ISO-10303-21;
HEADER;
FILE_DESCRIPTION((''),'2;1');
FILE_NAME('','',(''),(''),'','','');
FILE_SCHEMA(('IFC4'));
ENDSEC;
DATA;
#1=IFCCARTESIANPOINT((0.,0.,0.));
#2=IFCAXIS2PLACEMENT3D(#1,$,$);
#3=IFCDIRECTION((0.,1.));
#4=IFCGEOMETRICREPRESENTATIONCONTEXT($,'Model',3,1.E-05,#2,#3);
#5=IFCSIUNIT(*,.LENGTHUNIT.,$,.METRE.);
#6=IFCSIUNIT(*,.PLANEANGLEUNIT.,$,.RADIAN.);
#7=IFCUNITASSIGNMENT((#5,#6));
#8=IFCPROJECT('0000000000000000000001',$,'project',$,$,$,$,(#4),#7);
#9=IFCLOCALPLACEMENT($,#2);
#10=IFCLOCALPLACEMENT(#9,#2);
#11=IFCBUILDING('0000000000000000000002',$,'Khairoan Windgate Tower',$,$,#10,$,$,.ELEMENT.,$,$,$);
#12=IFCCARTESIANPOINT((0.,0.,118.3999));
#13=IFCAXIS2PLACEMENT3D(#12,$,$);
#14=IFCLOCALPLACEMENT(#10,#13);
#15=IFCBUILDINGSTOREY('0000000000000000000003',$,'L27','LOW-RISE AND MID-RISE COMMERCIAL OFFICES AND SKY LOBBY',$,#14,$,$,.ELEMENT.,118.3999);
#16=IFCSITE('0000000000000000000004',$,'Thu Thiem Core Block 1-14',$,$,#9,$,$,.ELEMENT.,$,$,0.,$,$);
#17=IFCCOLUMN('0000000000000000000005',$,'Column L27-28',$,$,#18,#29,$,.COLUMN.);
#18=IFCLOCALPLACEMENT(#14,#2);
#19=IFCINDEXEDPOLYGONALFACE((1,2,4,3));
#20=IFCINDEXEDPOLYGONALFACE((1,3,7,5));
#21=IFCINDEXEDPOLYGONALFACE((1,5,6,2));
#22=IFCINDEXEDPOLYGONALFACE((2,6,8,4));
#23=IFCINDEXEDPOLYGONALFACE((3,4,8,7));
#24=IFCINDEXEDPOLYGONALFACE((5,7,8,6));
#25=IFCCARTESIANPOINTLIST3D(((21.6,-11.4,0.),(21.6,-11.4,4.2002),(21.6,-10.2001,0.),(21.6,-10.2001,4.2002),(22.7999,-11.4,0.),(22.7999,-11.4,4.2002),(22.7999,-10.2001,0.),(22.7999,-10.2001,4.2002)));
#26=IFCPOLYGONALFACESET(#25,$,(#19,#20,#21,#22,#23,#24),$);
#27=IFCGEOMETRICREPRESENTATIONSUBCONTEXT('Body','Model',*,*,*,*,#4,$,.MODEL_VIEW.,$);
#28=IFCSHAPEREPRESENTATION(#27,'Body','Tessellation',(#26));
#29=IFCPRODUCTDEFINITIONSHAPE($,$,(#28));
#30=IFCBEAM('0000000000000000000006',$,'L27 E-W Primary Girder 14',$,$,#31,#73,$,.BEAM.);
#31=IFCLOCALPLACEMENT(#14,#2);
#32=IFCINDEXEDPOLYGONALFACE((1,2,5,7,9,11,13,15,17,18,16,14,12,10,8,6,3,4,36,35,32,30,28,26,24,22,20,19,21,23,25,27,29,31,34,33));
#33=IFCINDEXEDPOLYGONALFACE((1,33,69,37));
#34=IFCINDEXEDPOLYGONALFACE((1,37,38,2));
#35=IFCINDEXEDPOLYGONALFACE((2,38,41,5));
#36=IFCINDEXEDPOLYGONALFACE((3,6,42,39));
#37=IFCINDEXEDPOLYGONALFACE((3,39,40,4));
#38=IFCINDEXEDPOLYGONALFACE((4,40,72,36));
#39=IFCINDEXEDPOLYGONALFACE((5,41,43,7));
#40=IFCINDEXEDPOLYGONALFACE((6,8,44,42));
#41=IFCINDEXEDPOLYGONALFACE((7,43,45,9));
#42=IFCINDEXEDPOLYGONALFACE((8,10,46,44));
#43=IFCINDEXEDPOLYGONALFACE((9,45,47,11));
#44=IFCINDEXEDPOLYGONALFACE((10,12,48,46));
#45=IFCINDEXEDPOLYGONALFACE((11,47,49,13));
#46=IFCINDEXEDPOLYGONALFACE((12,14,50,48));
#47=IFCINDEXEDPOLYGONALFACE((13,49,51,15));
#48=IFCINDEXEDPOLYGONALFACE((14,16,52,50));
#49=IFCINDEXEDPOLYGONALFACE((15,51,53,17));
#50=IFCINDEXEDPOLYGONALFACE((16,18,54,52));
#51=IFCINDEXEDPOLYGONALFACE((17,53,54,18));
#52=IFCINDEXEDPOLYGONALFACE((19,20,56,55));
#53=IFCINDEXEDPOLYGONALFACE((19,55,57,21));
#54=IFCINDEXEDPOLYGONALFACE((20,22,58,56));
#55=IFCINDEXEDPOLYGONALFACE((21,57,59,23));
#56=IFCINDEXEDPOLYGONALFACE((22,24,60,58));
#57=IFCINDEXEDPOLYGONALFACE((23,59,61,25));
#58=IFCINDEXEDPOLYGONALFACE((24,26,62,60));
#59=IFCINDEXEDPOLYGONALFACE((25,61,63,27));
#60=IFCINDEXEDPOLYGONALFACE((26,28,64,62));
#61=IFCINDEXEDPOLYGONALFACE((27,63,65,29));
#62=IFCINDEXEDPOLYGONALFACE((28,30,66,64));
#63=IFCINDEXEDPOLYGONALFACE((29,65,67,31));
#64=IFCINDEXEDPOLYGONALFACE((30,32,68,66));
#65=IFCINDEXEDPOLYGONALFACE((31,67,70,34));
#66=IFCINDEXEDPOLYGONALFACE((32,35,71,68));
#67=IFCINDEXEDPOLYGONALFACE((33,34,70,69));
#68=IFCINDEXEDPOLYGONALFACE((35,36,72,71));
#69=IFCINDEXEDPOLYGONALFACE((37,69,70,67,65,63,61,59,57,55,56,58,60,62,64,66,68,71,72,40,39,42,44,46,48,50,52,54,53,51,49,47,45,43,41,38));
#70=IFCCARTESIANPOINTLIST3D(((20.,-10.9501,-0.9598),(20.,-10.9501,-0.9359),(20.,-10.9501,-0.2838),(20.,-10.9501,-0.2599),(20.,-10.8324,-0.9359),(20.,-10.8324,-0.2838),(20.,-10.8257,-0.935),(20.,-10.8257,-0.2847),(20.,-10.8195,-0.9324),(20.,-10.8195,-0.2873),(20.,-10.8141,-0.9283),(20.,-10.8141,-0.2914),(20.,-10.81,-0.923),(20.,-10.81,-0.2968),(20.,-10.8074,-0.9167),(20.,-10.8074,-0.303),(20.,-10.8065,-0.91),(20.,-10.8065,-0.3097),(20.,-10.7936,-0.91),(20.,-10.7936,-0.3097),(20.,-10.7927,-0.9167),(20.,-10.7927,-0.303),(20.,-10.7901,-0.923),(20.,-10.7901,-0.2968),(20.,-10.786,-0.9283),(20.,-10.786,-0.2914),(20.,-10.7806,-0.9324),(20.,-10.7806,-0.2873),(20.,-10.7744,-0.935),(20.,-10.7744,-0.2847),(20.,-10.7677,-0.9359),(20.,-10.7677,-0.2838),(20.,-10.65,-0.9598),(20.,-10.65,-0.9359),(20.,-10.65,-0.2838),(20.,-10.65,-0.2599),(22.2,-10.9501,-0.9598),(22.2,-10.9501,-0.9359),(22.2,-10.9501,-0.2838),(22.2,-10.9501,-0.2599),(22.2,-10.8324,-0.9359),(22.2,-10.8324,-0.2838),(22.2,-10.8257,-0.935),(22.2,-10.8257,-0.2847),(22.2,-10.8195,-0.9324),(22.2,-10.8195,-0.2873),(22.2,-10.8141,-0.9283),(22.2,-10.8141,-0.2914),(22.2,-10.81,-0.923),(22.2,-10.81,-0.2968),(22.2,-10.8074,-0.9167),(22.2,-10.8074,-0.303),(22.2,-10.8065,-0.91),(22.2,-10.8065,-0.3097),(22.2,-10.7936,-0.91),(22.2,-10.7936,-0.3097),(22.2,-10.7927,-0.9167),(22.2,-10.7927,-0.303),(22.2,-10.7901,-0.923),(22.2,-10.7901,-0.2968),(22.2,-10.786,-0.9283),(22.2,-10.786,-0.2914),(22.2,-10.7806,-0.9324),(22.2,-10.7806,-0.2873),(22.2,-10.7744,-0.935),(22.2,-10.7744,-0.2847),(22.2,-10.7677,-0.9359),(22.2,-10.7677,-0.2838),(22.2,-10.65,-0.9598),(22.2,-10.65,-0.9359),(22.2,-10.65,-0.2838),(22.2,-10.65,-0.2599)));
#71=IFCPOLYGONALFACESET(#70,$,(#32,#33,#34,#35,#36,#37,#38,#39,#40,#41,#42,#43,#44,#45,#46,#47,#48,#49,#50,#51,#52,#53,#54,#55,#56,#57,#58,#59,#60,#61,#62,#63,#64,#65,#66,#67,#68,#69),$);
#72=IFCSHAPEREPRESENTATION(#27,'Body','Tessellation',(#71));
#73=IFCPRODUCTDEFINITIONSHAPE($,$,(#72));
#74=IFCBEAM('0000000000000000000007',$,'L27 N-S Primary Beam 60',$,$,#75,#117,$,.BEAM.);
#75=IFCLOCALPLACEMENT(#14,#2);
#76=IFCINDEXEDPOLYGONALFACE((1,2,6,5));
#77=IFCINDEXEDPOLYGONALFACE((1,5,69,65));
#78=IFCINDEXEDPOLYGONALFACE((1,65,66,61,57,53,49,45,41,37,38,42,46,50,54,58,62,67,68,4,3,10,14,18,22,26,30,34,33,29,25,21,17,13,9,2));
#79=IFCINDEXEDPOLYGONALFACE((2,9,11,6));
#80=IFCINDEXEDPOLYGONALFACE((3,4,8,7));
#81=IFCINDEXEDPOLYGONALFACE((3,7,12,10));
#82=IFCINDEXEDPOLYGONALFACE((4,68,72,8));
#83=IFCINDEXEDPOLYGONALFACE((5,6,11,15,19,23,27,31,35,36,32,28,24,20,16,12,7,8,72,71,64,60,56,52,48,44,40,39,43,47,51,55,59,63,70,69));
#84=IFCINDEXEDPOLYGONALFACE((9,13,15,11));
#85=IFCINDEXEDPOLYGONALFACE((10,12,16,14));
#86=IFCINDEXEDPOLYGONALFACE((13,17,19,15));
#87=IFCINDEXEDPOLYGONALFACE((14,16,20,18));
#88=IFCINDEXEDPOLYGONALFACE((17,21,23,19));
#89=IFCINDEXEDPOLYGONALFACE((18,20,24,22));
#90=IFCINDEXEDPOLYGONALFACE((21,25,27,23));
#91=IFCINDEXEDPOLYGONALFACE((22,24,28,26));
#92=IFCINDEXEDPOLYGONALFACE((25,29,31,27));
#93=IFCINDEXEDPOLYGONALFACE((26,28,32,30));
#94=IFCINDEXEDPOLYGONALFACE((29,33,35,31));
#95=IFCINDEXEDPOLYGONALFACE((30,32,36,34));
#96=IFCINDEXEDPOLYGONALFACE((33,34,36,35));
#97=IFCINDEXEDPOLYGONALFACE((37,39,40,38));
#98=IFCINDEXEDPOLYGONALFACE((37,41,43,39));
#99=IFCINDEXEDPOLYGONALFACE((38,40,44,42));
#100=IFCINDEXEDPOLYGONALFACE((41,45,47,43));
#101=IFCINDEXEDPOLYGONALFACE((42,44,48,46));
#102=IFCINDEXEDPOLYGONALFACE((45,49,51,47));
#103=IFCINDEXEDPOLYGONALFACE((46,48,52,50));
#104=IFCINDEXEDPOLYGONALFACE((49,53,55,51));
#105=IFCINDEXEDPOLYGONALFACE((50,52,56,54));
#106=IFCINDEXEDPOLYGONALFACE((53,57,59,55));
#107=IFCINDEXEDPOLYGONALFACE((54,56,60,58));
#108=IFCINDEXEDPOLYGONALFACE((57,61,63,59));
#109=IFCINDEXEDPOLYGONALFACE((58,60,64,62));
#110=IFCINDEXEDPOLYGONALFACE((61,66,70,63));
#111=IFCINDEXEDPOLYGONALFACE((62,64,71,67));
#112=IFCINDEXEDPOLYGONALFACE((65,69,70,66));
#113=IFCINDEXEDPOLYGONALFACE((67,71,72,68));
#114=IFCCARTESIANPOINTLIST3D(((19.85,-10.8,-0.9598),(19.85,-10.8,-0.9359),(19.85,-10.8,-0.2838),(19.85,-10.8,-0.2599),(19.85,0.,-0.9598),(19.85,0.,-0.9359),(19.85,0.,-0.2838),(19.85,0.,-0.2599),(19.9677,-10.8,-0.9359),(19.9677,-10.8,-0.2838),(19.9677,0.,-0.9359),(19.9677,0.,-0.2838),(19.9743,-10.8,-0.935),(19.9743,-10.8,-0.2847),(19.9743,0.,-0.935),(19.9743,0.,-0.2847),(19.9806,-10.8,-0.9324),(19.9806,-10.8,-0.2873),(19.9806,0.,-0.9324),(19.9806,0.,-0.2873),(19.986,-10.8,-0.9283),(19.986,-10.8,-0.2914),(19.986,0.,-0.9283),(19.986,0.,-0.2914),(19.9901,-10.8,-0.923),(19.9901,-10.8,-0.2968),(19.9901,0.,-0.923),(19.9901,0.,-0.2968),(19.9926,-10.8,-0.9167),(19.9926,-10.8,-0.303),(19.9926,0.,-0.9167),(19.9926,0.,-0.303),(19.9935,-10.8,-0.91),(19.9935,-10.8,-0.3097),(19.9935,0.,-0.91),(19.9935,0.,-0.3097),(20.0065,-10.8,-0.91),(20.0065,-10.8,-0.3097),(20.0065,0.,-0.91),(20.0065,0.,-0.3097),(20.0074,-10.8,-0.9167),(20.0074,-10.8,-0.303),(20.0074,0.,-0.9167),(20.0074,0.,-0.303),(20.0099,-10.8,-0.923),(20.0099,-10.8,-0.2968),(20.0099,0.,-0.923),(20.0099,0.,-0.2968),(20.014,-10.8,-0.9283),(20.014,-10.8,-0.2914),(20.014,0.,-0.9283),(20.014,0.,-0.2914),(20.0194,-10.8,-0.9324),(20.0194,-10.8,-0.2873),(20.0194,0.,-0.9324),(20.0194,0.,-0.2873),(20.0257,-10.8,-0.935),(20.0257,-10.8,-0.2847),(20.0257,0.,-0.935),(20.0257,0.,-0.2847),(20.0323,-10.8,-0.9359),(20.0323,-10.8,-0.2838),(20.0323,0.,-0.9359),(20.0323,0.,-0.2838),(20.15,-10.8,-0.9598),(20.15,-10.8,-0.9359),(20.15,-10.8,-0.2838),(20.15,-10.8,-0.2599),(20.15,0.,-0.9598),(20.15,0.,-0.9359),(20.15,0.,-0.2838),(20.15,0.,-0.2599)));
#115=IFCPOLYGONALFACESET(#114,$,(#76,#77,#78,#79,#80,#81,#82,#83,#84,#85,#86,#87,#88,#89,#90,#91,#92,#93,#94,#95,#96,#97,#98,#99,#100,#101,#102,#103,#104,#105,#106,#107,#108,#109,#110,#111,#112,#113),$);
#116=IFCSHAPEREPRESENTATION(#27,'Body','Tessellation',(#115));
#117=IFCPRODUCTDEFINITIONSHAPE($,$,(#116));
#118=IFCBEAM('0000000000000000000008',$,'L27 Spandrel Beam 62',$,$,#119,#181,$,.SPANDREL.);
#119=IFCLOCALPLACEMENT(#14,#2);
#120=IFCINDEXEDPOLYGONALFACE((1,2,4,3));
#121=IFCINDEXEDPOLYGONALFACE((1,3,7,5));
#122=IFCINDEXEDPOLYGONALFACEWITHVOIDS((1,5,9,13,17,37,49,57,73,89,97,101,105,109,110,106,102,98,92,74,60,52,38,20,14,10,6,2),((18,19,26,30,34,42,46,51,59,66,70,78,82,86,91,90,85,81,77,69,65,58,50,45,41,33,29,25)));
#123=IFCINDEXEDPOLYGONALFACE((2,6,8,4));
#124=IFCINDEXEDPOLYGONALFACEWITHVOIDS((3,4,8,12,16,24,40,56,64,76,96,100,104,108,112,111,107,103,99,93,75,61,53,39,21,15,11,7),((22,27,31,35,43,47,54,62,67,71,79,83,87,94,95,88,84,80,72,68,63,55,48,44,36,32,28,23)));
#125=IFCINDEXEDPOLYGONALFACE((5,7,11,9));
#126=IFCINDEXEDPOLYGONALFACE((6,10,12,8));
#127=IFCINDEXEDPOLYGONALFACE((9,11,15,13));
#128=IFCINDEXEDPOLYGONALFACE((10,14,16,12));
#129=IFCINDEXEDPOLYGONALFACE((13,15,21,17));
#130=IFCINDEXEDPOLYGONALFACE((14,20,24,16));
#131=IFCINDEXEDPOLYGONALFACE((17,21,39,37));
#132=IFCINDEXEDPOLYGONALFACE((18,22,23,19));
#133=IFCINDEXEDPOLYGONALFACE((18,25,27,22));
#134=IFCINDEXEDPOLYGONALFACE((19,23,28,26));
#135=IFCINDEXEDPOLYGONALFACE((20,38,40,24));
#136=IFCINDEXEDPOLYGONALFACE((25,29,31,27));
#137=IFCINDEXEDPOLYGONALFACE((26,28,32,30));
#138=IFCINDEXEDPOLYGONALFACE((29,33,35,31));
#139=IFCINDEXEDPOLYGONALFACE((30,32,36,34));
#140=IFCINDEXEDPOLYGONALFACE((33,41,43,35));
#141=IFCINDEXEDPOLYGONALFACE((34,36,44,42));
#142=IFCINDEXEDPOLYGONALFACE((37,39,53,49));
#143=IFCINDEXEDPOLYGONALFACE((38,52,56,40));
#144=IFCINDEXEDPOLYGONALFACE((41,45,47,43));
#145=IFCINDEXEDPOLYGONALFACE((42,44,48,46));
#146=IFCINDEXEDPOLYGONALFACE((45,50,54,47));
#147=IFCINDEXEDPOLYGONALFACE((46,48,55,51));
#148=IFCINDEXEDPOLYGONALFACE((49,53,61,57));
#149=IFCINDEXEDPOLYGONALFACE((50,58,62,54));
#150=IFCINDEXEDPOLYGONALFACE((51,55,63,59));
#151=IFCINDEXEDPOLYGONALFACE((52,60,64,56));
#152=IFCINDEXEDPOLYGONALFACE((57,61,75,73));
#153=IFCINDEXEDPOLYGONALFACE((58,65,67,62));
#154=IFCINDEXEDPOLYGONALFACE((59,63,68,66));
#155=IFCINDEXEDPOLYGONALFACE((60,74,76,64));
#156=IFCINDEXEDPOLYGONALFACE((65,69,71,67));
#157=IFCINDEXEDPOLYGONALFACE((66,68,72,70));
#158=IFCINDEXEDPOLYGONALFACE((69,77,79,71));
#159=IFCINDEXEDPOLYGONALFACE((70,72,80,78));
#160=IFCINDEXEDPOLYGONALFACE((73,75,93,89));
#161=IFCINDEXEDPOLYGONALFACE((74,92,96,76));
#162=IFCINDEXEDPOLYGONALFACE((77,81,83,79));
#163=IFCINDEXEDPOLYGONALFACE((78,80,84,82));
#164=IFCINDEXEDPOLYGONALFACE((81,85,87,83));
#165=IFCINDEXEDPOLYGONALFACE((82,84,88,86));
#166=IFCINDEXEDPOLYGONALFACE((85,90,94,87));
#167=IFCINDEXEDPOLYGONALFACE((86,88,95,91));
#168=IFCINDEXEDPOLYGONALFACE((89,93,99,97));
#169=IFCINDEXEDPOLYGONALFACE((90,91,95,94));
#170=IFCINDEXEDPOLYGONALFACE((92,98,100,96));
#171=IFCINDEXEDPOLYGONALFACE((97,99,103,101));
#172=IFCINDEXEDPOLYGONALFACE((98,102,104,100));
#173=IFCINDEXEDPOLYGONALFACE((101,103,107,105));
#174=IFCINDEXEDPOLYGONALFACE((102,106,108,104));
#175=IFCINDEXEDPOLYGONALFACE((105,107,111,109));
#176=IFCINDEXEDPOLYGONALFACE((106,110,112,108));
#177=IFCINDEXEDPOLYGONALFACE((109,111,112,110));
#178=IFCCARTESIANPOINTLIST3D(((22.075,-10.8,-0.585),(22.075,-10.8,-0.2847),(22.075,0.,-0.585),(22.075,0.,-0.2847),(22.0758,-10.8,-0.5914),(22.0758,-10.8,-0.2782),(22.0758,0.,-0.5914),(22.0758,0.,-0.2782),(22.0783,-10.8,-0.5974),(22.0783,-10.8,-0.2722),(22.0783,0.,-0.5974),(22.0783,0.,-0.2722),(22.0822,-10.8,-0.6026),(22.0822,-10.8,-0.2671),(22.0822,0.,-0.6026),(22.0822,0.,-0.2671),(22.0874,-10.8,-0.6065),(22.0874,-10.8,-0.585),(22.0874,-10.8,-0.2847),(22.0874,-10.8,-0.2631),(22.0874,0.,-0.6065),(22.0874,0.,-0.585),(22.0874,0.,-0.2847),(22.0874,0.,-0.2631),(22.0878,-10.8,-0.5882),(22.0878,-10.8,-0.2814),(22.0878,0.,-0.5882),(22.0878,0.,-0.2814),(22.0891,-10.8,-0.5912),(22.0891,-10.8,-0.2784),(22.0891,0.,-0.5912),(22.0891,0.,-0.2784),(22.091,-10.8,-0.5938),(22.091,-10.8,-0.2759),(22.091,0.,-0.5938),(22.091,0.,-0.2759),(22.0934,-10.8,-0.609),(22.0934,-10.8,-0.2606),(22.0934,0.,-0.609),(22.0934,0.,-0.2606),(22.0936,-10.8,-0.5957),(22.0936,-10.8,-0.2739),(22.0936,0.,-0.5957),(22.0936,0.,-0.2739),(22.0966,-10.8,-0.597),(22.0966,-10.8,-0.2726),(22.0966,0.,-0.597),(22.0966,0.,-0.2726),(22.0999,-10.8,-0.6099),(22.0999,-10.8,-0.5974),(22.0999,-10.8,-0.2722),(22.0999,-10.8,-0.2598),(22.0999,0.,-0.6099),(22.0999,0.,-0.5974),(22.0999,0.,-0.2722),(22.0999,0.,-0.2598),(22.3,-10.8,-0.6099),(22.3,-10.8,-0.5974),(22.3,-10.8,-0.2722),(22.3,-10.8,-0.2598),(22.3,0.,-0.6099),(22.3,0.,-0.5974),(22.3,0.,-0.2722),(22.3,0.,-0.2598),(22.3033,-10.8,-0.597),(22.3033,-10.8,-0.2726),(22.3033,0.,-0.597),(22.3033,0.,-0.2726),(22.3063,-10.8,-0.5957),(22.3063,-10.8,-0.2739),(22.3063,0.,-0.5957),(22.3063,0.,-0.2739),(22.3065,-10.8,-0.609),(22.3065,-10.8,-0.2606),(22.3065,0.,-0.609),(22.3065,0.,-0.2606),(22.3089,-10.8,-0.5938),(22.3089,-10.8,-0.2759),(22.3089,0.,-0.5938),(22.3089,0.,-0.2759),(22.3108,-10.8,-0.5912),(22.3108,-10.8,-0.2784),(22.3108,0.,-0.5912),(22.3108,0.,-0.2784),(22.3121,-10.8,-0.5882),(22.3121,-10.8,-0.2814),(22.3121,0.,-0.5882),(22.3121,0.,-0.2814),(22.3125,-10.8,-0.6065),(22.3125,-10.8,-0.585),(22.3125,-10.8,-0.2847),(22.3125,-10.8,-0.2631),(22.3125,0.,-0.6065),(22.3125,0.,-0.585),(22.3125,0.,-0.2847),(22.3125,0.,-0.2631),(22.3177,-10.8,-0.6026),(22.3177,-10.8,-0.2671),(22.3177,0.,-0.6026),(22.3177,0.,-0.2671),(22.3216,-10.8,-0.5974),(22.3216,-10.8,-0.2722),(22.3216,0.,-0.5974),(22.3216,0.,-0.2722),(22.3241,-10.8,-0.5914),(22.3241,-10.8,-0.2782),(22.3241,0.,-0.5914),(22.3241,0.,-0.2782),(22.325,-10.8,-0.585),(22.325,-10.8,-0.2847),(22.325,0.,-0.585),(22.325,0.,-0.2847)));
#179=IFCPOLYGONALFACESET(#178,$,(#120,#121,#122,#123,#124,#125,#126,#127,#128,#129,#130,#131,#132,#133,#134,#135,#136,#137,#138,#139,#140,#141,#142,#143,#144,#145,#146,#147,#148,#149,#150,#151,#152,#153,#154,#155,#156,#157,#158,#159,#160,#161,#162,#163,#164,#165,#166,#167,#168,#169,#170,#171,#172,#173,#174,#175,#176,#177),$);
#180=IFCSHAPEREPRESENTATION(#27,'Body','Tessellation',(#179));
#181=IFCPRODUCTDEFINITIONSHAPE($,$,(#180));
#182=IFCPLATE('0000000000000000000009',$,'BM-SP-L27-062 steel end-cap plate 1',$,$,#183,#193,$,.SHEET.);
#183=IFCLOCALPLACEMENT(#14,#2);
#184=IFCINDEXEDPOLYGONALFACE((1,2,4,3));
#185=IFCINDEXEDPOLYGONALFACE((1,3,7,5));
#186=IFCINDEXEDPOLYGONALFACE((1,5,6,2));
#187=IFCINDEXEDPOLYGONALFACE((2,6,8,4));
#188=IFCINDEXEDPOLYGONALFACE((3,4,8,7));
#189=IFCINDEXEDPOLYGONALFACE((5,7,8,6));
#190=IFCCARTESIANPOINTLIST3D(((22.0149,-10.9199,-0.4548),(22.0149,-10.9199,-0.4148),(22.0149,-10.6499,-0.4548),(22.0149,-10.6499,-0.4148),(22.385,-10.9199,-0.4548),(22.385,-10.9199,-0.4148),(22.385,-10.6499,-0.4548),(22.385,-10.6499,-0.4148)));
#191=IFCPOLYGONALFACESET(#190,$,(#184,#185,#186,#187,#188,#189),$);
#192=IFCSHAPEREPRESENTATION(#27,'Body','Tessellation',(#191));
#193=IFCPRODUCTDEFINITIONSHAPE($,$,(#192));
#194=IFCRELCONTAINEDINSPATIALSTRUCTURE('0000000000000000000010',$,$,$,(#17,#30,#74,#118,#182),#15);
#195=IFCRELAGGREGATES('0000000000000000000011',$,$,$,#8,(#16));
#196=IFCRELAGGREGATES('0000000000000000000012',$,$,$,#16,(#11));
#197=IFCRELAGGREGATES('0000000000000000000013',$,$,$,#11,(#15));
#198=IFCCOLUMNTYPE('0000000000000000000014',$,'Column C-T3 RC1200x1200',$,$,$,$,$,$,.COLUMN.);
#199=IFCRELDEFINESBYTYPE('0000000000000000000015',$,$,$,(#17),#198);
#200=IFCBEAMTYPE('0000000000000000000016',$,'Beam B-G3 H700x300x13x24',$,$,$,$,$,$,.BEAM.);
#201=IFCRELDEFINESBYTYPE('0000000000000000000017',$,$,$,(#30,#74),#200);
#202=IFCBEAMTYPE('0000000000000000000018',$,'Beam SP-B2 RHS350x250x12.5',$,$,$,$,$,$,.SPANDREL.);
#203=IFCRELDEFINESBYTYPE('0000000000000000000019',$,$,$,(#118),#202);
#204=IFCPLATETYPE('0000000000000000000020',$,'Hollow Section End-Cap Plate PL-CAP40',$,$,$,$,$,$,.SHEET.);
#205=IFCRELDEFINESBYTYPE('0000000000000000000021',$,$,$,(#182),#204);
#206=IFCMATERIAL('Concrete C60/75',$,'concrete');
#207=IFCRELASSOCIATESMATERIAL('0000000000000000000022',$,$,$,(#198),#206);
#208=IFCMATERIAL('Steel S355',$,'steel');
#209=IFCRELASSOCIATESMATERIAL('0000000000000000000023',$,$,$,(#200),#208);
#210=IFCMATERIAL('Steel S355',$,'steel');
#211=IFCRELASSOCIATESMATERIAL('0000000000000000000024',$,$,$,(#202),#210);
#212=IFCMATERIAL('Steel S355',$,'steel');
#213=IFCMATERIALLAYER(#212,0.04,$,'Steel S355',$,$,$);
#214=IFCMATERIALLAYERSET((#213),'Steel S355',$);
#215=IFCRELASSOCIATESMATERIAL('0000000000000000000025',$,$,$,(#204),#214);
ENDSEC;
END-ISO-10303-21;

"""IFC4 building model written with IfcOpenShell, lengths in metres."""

from ifc_helpers import new_model, si_unit, direction, frame, origin, origin_2d, place, context, subcontext, project, spatial, rectangle, hollow_rectangle, i_section, extrude, material, layer, layer_set, material_profile, profile_set, type_object, element, save


model = new_model("IFC4")

# Units and contexts
model_context = context("Model", 3, precision=1e-05, world=origin(), true_north=direction((0.0, 1.0)))
body_context = subcontext(model_context, "Body", "Model", "MODEL_VIEW")
ifc_project = project(units=[si_unit("LENGTHUNIT", "METRE"), si_unit("PLANEANGLEUNIT", "RADIAN")], contexts=[model_context])

# Site, building, storey
site_placement = place(None, origin())
site = spatial("IfcSite", under=ifc_project, at=site_placement, Name="Thu Thiem Core Block 1-14", CompositionType="ELEMENT", RefElevation=0.0)
building_placement = place(site_placement, origin())
building = spatial("IfcBuilding", under=site, at=building_placement, Name="Khairoan Windgate Tower", CompositionType="ELEMENT")
storey_placement = place(building_placement, frame((0.0, 0.0, 118.3999)))
storey = spatial("IfcBuildingStorey", under=building, at=storey_placement, Name="L27", Description="LOW-RISE AND MID-RISE COMMERCIAL OFFICES AND SKY LOBBY", CompositionType="ELEMENT", Elevation=118.3999)

# Column
ifc_material_1 = material(Name="Concrete C60/75", Category="concrete")
ifc_material_profile_1 = material_profile(ifc_material_1, rectangle(XDim=1.2, YDim=1.2, at=origin_2d()))
ifc_profile_set_1 = profile_set([ifc_material_profile_1], Name="Concrete C60/75")
column_type = type_object("IfcColumnType", Name="Column C-T3 RC1200x1200", PredefinedType="COLUMN", material=ifc_profile_set_1)
column_placement = place(storey_placement, frame((22.2, -10.8, 0.0), z_axis=(0.0, 0.0, 1.0), x_axis=(1.0, 0.0, 0.0)))
element("IfcColumn", 1, at=column_placement, inside=storey, type_object=column_type, Name="Column L27-28", PredefinedType="COLUMN", context=body_context, shape_type="SweptSolid", body=[
    extrude(rectangle(XDim=1.2, YDim=1.2, at=origin_2d()), origin(), (0.0, 0.0, 1.0), 4.2002),
])

# Beams
ifc_material_2 = material(Name="Steel S355", Category="steel")
ifc_material_profile_2 = material_profile(ifc_material_2, i_section(OverallWidth=0.3, OverallDepth=0.7, WebThickness=0.0129, FlangeThickness=0.0239, FilletRadius=0.0259, at=origin_2d()))
ifc_profile_set_2 = profile_set([ifc_material_profile_2], Name="Steel S355")
beam_type_1 = type_object("IfcBeamType", Name="Beam B-G3 H700x300x13x24", PredefinedType="BEAM", material=ifc_profile_set_2)
beam_1_placement = place(storey_placement, frame((20.0, -10.8, -0.6099), z_axis=(1.0, 0.0, 0.0), x_axis=(0.0, 1.0, 0.0)))
element("IfcBeam", 2, at=beam_1_placement, inside=storey, type_object=beam_type_1, Name="L27 E-W Primary Girder 14", PredefinedType="BEAM", context=body_context, shape_type="SweptSolid", body=[
    extrude(i_section(OverallWidth=0.3, OverallDepth=0.7, WebThickness=0.0129, FlangeThickness=0.0239, FilletRadius=0.0259, at=origin_2d()), origin(), (0.0, 0.0, 1.0), 2.2),
])
beam_2_placement = place(storey_placement, frame((20.0, -10.8, -0.6099), z_axis=(0.0, 1.0, 0.0), x_axis=(-1.0, 0.0, 0.0)))
element("IfcBeam", 3, at=beam_2_placement, inside=storey, type_object=beam_type_1, Name="L27 N-S Primary Beam 60", PredefinedType="BEAM", context=body_context, shape_type="SweptSolid", body=[
    extrude(i_section(OverallWidth=0.3, OverallDepth=0.7, WebThickness=0.0129, FlangeThickness=0.0239, FilletRadius=0.0259, at=origin_2d()), origin(), (0.0, 0.0, 1.0), 10.8),
])
ifc_material_3 = material(Name="Steel S355", Category="steel")
ifc_material_profile_3 = material_profile(ifc_material_3, hollow_rectangle(XDim=0.25, YDim=0.3501, WallThickness=0.0125, InnerFilletRadius=0.0125, OuterFilletRadius=0.0249, at=origin_2d()))
ifc_profile_set_3 = profile_set([ifc_material_profile_3], Name="Steel S355")
beam_type_2 = type_object("IfcBeamType", Name="Beam SP-B2 RHS350x250x12.5", PredefinedType="SPANDREL", material=ifc_profile_set_3)
beam_3_placement = place(storey_placement, frame((22.2, -10.8, -0.4348), z_axis=(0.0, 1.0, 0.0), x_axis=(-1.0, 0.0, 0.0)))
element("IfcBeam", 4, at=beam_3_placement, inside=storey, type_object=beam_type_2, Name="L27 Spandrel Beam 62", PredefinedType="SPANDREL", context=body_context, shape_type="SweptSolid", body=[
    extrude(hollow_rectangle(XDim=0.25, YDim=0.3501, WallThickness=0.0125, InnerFilletRadius=0.0125, OuterFilletRadius=0.0249, at=origin_2d()), origin(), (0.0, 0.0, 1.0), 10.8),
])

# Plate
ifc_material_4 = material(Name="Steel S355", Category="steel")
ifc_layer_1 = layer(ifc_material_4, 0.04, Name="Steel S355")
ifc_layer_set_1 = layer_set([ifc_layer_1], Name="Steel S355")
plate_type = type_object("IfcPlateType", Name="Hollow Section End-Cap Plate PL-CAP40", PredefinedType="SHEET", material=ifc_layer_set_1)
plate_placement = place(storey_placement, frame((22.2, -10.7849, -0.4548), z_axis=(0.0, 0.0, 1.0), x_axis=(0.0, 1.0, 0.0)))
element("IfcPlate", 5, at=plate_placement, inside=storey, type_object=plate_type, Name="BM-SP-L27-062 steel end-cap plate 1", PredefinedType="SHEET", context=body_context, shape_type="SweptSolid", body=[
    extrude(rectangle(XDim=0.27, YDim=0.3701, at=origin_2d()), origin(), (0.0, 0.0, 1.0), 0.04),
])

save(model, "model.ifc")
